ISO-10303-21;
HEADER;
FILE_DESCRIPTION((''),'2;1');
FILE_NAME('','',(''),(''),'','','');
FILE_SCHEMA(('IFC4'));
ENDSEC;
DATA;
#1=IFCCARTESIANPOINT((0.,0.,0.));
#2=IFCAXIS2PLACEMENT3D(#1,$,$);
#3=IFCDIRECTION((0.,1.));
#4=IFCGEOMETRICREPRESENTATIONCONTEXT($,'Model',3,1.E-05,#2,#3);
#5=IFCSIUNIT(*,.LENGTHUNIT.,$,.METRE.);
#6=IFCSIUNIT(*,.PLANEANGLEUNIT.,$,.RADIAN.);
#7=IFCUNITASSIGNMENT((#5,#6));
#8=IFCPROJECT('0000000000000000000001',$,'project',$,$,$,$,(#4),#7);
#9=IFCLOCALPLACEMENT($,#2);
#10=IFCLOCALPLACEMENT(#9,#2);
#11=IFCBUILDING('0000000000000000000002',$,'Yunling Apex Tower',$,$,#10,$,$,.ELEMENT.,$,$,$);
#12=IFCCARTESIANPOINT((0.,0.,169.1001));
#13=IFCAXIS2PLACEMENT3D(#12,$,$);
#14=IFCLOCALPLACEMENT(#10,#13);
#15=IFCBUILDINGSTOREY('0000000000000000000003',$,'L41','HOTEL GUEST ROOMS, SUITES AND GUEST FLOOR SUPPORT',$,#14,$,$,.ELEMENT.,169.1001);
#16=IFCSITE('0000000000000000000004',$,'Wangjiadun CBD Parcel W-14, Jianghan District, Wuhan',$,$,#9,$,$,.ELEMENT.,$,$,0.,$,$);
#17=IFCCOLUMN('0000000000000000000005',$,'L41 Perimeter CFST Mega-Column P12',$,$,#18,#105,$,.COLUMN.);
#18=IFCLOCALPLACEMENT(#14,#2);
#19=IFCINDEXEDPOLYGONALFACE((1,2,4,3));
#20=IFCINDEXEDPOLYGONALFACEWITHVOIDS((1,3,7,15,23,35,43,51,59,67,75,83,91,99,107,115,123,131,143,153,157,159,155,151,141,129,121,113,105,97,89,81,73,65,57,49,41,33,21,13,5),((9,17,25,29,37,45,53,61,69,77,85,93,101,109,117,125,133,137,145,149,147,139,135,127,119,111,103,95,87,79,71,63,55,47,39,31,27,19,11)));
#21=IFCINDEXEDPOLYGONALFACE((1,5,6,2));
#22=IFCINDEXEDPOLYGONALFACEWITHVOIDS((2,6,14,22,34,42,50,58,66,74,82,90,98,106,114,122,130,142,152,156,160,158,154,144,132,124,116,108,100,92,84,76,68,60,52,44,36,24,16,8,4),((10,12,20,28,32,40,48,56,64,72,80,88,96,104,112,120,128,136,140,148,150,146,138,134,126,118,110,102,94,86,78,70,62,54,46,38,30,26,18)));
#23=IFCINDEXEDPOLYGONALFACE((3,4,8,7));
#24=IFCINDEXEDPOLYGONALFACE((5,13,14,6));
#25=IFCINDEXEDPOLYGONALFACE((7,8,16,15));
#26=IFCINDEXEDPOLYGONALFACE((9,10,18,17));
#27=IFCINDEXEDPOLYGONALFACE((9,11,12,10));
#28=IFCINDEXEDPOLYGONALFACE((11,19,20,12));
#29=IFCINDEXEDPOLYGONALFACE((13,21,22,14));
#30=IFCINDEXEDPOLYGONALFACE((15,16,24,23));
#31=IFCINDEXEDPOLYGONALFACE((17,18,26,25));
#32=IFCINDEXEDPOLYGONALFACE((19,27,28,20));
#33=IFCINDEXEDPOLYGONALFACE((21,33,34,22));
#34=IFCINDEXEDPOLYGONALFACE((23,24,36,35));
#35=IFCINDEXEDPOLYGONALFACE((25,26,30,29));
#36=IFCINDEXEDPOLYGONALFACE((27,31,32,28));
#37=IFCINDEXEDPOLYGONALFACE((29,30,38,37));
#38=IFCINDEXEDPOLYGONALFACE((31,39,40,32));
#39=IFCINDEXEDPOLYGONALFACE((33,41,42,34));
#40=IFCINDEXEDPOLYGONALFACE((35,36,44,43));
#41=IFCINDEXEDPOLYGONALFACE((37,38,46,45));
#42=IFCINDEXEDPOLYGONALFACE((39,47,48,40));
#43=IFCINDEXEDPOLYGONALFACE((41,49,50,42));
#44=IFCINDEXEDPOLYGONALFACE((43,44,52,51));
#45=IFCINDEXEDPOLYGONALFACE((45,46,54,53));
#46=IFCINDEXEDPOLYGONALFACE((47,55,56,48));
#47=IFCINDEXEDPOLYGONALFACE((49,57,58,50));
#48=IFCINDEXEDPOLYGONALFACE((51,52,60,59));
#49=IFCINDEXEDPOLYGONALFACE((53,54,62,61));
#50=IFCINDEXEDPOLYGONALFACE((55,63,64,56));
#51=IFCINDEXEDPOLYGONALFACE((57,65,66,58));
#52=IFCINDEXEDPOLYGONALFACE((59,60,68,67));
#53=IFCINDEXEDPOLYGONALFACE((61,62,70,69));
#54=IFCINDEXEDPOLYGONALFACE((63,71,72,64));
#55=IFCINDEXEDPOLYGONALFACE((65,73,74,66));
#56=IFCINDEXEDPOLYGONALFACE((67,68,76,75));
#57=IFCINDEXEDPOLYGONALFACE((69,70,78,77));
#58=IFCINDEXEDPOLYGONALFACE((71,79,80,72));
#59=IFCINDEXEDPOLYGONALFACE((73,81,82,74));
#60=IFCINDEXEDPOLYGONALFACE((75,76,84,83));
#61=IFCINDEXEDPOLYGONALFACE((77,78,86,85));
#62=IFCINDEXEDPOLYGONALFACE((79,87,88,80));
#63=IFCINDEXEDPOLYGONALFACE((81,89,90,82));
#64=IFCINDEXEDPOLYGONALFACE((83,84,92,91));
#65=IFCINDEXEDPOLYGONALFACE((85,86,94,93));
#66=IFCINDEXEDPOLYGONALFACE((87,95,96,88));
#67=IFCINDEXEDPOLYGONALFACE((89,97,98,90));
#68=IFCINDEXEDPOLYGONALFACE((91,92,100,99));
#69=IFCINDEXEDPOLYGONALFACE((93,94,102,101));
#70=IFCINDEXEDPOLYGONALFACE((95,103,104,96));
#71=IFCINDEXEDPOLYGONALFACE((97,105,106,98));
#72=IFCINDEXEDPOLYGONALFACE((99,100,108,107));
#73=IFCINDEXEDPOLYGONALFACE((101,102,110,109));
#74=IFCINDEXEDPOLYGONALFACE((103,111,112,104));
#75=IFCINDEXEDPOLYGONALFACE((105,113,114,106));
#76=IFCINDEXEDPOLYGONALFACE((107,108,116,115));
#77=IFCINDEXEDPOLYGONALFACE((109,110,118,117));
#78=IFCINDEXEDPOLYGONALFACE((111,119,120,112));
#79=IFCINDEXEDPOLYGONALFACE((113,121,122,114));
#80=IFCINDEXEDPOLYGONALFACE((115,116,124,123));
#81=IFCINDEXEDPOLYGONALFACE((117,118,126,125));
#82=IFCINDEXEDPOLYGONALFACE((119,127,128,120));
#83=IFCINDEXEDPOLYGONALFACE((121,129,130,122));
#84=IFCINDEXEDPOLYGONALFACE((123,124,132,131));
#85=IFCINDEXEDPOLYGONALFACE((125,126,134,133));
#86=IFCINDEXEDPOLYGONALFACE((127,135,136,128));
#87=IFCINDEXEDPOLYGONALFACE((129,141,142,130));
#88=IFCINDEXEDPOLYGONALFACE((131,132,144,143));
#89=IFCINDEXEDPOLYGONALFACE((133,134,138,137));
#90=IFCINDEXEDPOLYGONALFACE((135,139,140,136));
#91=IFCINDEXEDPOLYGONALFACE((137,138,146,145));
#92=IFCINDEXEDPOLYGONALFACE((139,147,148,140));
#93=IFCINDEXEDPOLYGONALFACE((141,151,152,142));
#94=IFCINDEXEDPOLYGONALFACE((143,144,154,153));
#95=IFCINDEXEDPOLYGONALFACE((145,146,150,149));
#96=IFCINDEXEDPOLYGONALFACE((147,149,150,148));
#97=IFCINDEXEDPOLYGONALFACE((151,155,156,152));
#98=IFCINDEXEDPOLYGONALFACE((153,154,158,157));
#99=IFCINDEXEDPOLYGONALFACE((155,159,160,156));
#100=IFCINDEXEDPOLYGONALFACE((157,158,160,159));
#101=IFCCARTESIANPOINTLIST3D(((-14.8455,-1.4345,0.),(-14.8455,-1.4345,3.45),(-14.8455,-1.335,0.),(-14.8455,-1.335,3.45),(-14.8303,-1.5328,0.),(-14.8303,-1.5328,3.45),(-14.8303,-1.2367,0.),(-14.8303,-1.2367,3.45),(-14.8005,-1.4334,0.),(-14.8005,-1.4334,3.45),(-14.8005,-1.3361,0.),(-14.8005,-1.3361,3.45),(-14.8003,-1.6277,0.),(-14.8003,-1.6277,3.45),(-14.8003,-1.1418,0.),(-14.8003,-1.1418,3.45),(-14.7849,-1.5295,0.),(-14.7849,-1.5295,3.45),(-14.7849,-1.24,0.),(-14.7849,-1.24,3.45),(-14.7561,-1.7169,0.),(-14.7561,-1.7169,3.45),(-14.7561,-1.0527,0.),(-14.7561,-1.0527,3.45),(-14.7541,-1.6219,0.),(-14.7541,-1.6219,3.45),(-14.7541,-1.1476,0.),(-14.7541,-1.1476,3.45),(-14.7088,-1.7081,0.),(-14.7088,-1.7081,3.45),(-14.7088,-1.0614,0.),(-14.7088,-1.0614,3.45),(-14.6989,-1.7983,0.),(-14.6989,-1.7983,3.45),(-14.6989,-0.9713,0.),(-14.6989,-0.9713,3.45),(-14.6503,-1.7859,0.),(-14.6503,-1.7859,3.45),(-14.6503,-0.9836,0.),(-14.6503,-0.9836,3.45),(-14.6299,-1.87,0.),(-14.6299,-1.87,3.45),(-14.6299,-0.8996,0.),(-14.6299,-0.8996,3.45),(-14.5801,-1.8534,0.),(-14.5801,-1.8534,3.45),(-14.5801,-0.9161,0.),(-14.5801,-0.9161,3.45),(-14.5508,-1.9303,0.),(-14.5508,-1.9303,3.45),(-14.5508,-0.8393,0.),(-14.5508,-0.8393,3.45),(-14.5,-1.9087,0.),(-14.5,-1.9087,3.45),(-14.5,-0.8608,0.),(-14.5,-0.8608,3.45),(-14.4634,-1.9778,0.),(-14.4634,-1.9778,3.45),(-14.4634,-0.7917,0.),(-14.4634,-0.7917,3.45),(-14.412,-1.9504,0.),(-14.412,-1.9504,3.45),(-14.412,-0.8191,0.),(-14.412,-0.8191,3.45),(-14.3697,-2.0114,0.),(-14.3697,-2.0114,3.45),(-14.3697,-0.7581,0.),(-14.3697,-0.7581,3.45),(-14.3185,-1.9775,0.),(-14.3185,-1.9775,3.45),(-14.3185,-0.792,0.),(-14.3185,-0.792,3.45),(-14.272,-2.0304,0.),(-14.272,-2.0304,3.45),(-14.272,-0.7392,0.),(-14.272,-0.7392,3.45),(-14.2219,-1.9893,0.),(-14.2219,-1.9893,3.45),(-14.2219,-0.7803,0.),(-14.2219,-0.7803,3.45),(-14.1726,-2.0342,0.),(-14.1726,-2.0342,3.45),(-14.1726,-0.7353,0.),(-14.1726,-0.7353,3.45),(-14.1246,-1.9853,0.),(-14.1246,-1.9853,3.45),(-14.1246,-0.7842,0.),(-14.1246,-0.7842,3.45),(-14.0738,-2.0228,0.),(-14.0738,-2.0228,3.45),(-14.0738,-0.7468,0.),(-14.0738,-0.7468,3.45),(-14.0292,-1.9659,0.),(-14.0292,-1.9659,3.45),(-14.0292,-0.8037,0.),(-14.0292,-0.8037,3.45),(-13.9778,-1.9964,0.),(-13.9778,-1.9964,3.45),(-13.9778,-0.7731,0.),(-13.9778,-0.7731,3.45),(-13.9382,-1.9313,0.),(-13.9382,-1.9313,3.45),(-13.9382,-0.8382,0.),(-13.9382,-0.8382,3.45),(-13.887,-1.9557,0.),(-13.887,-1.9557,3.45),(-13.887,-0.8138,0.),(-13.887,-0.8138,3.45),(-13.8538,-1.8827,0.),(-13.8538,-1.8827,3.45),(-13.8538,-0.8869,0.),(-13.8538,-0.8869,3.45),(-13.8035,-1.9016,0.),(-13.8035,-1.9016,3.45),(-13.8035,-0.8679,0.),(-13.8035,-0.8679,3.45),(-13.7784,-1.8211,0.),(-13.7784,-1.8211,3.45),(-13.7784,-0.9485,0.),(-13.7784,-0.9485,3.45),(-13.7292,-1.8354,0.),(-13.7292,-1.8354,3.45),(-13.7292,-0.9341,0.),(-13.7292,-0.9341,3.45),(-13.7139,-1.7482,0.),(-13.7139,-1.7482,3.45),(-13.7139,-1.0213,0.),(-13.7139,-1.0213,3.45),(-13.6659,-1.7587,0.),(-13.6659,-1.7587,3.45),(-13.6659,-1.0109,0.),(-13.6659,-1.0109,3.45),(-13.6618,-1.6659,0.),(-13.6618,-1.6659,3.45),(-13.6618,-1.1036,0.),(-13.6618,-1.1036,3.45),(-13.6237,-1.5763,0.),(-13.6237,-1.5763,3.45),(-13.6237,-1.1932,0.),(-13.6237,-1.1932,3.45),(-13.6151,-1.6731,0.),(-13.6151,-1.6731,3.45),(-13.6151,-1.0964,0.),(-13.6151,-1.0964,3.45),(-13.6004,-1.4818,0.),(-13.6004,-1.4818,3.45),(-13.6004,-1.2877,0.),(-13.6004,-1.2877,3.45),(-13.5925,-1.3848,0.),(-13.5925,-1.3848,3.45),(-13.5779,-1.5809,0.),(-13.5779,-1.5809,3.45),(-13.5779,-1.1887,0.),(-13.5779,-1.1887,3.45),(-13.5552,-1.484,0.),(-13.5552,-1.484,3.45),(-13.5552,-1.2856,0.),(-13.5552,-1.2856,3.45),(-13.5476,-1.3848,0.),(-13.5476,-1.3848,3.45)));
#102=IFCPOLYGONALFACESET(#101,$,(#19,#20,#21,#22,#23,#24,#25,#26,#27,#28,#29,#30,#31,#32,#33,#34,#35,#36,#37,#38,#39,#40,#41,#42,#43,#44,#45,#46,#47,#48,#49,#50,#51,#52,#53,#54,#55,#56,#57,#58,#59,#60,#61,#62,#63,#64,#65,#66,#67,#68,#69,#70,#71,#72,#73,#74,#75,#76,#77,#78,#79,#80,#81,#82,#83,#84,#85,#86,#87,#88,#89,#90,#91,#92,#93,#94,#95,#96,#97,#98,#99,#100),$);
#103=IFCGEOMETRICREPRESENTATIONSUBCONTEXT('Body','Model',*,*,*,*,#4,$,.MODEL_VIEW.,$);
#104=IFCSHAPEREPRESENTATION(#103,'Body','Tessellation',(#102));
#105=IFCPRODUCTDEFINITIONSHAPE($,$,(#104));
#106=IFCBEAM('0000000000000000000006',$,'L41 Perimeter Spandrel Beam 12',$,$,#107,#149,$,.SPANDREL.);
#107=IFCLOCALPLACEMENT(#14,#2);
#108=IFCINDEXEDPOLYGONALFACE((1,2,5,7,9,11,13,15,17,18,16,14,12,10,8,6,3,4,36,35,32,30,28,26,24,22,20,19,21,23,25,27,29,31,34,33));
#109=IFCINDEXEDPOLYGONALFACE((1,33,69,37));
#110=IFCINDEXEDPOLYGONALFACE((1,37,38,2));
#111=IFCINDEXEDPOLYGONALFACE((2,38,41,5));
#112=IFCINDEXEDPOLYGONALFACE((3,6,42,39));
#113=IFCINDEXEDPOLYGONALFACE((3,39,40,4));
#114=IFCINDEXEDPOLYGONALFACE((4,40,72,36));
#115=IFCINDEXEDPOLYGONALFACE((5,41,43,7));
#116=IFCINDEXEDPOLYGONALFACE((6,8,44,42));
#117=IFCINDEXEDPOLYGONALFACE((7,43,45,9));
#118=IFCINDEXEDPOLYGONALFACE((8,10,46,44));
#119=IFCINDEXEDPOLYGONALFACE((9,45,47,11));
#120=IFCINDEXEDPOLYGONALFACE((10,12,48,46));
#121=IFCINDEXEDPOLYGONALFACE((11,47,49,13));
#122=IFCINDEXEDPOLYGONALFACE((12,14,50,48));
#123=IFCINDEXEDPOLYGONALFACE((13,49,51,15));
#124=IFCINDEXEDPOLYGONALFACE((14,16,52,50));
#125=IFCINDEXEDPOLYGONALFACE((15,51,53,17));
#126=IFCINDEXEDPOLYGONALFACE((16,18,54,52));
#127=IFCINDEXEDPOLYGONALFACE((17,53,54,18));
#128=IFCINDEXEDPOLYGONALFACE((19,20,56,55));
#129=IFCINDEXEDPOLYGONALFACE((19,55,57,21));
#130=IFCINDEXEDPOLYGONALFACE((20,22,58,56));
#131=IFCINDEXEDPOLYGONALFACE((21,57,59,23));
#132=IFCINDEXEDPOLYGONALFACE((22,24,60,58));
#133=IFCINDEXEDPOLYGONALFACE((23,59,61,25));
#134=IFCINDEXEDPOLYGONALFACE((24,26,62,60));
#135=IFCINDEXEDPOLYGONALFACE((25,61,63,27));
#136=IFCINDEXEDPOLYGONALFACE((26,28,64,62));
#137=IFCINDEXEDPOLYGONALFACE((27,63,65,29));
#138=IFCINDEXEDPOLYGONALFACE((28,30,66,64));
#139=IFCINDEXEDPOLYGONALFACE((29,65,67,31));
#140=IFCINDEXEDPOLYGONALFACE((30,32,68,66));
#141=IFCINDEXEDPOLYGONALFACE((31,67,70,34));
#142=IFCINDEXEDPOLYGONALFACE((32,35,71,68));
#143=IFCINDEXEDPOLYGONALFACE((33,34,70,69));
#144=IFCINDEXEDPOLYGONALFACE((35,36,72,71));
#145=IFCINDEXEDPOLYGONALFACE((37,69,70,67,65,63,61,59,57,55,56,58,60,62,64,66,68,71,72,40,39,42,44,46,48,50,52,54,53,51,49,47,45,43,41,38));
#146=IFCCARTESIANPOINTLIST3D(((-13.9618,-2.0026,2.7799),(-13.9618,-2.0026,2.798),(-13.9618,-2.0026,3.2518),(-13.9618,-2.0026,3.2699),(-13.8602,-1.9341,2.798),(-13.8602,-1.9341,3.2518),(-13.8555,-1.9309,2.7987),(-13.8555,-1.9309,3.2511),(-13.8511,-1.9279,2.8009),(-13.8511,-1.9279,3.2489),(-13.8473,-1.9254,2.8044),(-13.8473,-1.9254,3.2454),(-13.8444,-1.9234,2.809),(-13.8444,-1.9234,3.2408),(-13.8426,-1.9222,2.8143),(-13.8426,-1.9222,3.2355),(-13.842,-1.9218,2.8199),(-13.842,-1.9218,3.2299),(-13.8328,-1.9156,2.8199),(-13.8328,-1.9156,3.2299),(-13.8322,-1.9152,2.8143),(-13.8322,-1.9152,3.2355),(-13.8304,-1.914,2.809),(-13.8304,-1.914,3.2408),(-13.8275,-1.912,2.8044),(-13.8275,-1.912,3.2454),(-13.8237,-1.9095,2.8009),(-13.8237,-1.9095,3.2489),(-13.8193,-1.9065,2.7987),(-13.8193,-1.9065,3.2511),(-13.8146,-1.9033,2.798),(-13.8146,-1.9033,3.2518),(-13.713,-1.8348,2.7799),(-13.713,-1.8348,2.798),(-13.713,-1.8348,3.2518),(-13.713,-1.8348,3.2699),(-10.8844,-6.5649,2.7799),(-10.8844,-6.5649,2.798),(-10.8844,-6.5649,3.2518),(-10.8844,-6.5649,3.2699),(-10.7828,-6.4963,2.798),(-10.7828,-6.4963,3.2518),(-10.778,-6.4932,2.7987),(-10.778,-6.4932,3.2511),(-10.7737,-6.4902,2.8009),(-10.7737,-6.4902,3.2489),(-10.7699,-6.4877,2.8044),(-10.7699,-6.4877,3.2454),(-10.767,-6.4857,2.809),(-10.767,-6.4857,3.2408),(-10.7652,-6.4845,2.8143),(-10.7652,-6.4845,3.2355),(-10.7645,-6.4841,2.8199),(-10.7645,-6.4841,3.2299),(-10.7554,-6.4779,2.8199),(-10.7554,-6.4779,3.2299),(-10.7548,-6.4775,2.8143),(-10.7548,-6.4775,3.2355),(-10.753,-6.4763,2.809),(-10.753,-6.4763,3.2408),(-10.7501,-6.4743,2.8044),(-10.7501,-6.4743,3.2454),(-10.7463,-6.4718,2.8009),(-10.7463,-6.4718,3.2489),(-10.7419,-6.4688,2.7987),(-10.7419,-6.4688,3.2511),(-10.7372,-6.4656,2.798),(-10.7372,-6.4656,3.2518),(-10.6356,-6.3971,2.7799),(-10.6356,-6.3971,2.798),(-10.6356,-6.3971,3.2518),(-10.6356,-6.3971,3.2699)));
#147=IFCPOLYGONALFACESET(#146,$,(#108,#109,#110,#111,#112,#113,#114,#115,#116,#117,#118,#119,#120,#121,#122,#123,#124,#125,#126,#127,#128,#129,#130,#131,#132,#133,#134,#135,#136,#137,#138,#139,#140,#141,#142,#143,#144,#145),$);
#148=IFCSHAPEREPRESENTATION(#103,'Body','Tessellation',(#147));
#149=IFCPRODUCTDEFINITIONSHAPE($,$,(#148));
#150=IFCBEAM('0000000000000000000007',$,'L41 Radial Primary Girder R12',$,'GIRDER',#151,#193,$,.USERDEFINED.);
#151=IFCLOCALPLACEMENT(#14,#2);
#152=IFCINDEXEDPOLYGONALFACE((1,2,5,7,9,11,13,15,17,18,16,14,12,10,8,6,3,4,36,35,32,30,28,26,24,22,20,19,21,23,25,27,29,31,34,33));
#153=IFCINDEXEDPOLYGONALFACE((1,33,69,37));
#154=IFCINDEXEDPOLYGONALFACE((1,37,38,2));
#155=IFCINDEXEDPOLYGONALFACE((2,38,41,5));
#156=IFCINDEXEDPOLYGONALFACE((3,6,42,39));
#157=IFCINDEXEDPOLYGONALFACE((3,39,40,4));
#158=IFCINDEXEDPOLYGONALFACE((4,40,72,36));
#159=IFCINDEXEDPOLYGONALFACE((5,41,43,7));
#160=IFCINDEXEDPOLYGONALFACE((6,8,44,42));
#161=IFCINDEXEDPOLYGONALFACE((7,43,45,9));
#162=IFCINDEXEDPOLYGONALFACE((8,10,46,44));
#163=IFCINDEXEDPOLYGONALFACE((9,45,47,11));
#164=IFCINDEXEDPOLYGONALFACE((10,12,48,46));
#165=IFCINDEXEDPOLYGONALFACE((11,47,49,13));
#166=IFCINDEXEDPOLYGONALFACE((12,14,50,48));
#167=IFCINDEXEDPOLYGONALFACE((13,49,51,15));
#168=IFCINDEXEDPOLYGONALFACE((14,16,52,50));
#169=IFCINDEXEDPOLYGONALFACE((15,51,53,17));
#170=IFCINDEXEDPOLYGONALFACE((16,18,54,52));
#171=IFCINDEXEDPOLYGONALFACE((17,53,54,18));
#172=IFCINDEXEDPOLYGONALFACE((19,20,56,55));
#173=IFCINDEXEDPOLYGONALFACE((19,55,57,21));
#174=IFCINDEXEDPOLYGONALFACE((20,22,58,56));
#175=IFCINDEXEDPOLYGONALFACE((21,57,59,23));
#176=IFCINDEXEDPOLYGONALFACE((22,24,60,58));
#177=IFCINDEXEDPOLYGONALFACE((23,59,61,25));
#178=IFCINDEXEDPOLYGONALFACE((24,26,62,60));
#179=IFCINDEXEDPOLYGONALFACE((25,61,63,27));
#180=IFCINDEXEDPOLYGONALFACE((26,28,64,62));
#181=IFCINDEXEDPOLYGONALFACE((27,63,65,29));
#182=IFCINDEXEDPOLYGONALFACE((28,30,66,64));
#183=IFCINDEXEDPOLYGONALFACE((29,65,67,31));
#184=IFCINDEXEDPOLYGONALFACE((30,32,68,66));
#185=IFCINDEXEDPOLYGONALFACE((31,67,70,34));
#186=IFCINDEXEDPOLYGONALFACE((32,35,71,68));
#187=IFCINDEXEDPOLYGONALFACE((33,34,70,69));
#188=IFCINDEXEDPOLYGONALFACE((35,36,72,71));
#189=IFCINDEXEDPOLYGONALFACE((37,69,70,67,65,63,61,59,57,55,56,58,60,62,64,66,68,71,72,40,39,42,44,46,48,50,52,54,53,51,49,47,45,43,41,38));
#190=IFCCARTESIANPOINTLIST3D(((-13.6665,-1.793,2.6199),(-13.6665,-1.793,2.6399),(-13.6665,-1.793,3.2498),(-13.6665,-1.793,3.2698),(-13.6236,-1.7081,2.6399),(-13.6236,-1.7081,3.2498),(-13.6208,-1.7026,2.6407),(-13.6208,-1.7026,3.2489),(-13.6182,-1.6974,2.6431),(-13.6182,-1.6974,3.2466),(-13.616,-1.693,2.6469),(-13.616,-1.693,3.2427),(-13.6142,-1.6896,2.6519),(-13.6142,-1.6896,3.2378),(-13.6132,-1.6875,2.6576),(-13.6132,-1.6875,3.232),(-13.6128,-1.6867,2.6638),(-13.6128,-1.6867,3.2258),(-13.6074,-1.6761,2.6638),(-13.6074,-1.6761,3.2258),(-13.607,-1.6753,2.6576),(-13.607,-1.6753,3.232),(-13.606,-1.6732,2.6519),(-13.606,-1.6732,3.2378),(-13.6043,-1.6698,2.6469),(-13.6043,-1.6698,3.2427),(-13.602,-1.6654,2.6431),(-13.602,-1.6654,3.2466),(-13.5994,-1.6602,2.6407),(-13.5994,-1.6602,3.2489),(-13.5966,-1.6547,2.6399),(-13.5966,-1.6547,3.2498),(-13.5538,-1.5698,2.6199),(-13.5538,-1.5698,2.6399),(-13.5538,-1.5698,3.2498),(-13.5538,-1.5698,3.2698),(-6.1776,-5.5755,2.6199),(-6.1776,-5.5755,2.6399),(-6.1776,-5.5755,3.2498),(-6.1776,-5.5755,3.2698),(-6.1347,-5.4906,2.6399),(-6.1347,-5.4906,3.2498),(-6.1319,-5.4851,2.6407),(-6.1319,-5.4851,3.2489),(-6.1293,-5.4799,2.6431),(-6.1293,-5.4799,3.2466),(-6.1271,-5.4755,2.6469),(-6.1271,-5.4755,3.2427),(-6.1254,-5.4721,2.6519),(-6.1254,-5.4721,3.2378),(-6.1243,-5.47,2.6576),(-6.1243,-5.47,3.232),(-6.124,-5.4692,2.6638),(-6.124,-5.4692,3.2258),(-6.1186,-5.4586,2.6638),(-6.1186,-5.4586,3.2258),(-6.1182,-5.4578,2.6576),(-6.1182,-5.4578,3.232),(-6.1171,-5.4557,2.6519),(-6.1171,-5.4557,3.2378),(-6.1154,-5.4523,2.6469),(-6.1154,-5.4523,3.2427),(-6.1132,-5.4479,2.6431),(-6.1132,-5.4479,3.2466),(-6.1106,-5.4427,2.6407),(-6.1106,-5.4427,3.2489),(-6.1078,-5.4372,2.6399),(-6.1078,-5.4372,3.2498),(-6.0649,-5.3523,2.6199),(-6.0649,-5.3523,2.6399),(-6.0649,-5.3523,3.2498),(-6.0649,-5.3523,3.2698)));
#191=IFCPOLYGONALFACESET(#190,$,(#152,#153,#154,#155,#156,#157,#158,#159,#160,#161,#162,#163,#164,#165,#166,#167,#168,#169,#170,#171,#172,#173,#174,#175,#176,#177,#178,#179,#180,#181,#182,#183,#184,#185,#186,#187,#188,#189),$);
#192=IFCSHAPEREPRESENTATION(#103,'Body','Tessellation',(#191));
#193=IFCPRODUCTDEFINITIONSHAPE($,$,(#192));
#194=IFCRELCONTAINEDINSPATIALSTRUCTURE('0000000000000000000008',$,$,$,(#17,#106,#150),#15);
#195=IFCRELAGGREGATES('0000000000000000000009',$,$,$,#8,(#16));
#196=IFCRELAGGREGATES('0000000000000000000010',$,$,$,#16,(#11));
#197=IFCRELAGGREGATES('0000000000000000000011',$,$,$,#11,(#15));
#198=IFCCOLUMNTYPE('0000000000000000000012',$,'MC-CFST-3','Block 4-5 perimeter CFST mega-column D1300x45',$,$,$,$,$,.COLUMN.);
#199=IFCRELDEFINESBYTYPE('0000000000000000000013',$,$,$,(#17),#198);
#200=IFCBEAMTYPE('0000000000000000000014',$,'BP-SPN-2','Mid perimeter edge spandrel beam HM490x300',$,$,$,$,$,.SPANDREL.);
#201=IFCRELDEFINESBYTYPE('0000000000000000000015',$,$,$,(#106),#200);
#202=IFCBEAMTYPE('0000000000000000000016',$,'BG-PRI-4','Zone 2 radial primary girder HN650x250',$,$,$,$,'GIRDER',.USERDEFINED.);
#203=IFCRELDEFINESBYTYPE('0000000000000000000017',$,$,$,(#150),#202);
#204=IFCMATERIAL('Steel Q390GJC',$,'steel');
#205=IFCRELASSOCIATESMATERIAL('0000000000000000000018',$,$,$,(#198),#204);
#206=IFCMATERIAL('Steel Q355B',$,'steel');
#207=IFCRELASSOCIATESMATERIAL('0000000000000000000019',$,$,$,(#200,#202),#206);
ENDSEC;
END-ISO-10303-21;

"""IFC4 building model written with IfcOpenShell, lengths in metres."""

from ifc_helpers import new_model, si_unit, direction, frame, origin, origin_2d, place, context, subcontext, project, spatial, hollow_circle, i_section, extrude, source, transform, mapped, material, material_profile, profile_set, type_object, element, save


model = new_model("IFC4")

# Units and contexts
model_context = context("Model", 3, precision=1e-05, world=origin(), true_north=direction((0.0, 1.0)))
body_context = subcontext(model_context, "Body", "Model", "MODEL_VIEW")
ifc_project = project(units=[si_unit("LENGTHUNIT", "METRE"), si_unit("PLANEANGLEUNIT", "RADIAN")], contexts=[model_context])

# Site, building, storey
site_placement = place(None, origin())
site = spatial("IfcSite", under=ifc_project, at=site_placement, Name="Wangjiadun CBD Parcel W-14, Jianghan District, Wuhan", CompositionType="ELEMENT", RefElevation=0.0)
building_placement = place(site_placement, origin())
building = spatial("IfcBuilding", under=site, at=building_placement, Name="Yunling Apex Tower", CompositionType="ELEMENT")
storey_placement = place(building_placement, frame((0.0, 0.0, 169.1001)))
storey = spatial("IfcBuildingStorey", under=building, at=storey_placement, Name="L41", Description="HOTEL GUEST ROOMS, SUITES AND GUEST FLOOR SUPPORT", CompositionType="ELEMENT", Elevation=169.1001)

# Column
ifc_material_1 = material(Name="Steel Q390GJC", Category="steel")
ifc_material_profile_1 = material_profile(ifc_material_1, hollow_circle(Radius=0.6499, WallThickness=0.0449, at=origin_2d()))
ifc_profile_set_1 = profile_set([ifc_material_profile_1], Name="Steel Q390GJC")
column_type = type_object("IfcColumnType", Name="MC-CFST-3", Description="Block 4-5 perimeter CFST mega-column D1300x45", PredefinedType="COLUMN", material=ifc_profile_set_1)
shared_shape_1 = source(origin(), body_context, "Body", "SweptSolid", [
    extrude(hollow_circle(Radius=0.6499, WallThickness=0.0449, at=origin_2d()), origin(), (0.0, 0.0, 1.0), 3.45),
])
column_placement = place(storey_placement, frame((-14.1975, -1.3848, 0.0), z_axis=(0.0, 0.0, 1.0), x_axis=(1.0, 0.0, 0.0)))
element("IfcColumn", 1, at=column_placement, inside=storey, type_object=column_type, Name="L41 Perimeter CFST Mega-Column P12", PredefinedType="COLUMN", context=body_context, shape_type="MappedRepresentation", body=[
    mapped(shared_shape_1, transform((0.0, 0.0, 0.0), scale=1.0)),
])

# Beams
ifc_material_2 = material(Name="Steel Q355B", Category="steel")
ifc_material_profile_2 = material_profile(ifc_material_2, i_section(OverallWidth=0.3, OverallDepth=0.49, WebThickness=0.011, FlangeThickness=0.0181, FilletRadius=0.022, at=origin_2d()))
ifc_profile_set_2 = profile_set([ifc_material_profile_2], Name="Steel Q355B")
beam_type_1 = type_object("IfcBeamType", Name="BP-SPN-2", Description="Mid perimeter edge spandrel beam HM490x300", PredefinedType="SPANDREL", material=ifc_profile_set_2)
shared_shape_2 = source(origin(), body_context, "Body", "SweptSolid", [
    extrude(i_section(OverallWidth=0.3, OverallDepth=0.49, WebThickness=0.011, FlangeThickness=0.0181, FilletRadius=0.022, at=origin_2d()), origin(), (0.0, 0.0, 1.0), 5.5032),
])
beam_1_placement = place(storey_placement, frame((-13.8374, -1.9187, 3.0249), z_axis=(0.559207, -0.829028, 0.0), x_axis=(0.829028, 0.559207, 0.0)))
element("IfcBeam", 2, at=beam_1_placement, inside=storey, type_object=beam_type_1, Name="L41 Perimeter Spandrel Beam 12", PredefinedType="SPANDREL", context=body_context, shape_type="MappedRepresentation", body=[
    mapped(shared_shape_2, transform((0.0, 0.0, 0.0), scale=1.0)),
])
ifc_material_profile_3 = material_profile(ifc_material_2, i_section(OverallWidth=0.25, OverallDepth=0.6499, WebThickness=0.012, FlangeThickness=0.02, FilletRadius=0.0239, at=origin_2d()))
ifc_profile_set_3 = profile_set([ifc_material_profile_3], Name="Steel Q355B")
beam_type_2 = type_object("IfcBeamType", Name="BG-PRI-4", Description="Zone 2 radial primary girder HN650x250", ElementType="GIRDER", PredefinedType="USERDEFINED", material=ifc_profile_set_3)
shared_shape_3 = source(origin(), body_context, "Body", "SweptSolid", [
    extrude(i_section(OverallWidth=0.25, OverallDepth=0.6499, WebThickness=0.012, FlangeThickness=0.02, FilletRadius=0.0239, at=origin_2d()), origin(), (0.0, 0.0, 1.0), 8.3899),
])
beam_2_placement = place(storey_placement, frame((-13.6101, -1.6814, 2.9448), z_axis=(0.892604, -0.450842, 0.0), x_axis=(0.450842, 0.892604, 0.0)))
element("IfcBeam", 3, at=beam_2_placement, inside=storey, type_object=beam_type_2, Name="L41 Radial Primary Girder R12", ObjectType="GIRDER", PredefinedType="USERDEFINED", context=body_context, shape_type="MappedRepresentation", body=[
    mapped(shared_shape_3, transform((0.0, 0.0, 0.0), scale=1.0)),
])

save(model, "model.ifc")
